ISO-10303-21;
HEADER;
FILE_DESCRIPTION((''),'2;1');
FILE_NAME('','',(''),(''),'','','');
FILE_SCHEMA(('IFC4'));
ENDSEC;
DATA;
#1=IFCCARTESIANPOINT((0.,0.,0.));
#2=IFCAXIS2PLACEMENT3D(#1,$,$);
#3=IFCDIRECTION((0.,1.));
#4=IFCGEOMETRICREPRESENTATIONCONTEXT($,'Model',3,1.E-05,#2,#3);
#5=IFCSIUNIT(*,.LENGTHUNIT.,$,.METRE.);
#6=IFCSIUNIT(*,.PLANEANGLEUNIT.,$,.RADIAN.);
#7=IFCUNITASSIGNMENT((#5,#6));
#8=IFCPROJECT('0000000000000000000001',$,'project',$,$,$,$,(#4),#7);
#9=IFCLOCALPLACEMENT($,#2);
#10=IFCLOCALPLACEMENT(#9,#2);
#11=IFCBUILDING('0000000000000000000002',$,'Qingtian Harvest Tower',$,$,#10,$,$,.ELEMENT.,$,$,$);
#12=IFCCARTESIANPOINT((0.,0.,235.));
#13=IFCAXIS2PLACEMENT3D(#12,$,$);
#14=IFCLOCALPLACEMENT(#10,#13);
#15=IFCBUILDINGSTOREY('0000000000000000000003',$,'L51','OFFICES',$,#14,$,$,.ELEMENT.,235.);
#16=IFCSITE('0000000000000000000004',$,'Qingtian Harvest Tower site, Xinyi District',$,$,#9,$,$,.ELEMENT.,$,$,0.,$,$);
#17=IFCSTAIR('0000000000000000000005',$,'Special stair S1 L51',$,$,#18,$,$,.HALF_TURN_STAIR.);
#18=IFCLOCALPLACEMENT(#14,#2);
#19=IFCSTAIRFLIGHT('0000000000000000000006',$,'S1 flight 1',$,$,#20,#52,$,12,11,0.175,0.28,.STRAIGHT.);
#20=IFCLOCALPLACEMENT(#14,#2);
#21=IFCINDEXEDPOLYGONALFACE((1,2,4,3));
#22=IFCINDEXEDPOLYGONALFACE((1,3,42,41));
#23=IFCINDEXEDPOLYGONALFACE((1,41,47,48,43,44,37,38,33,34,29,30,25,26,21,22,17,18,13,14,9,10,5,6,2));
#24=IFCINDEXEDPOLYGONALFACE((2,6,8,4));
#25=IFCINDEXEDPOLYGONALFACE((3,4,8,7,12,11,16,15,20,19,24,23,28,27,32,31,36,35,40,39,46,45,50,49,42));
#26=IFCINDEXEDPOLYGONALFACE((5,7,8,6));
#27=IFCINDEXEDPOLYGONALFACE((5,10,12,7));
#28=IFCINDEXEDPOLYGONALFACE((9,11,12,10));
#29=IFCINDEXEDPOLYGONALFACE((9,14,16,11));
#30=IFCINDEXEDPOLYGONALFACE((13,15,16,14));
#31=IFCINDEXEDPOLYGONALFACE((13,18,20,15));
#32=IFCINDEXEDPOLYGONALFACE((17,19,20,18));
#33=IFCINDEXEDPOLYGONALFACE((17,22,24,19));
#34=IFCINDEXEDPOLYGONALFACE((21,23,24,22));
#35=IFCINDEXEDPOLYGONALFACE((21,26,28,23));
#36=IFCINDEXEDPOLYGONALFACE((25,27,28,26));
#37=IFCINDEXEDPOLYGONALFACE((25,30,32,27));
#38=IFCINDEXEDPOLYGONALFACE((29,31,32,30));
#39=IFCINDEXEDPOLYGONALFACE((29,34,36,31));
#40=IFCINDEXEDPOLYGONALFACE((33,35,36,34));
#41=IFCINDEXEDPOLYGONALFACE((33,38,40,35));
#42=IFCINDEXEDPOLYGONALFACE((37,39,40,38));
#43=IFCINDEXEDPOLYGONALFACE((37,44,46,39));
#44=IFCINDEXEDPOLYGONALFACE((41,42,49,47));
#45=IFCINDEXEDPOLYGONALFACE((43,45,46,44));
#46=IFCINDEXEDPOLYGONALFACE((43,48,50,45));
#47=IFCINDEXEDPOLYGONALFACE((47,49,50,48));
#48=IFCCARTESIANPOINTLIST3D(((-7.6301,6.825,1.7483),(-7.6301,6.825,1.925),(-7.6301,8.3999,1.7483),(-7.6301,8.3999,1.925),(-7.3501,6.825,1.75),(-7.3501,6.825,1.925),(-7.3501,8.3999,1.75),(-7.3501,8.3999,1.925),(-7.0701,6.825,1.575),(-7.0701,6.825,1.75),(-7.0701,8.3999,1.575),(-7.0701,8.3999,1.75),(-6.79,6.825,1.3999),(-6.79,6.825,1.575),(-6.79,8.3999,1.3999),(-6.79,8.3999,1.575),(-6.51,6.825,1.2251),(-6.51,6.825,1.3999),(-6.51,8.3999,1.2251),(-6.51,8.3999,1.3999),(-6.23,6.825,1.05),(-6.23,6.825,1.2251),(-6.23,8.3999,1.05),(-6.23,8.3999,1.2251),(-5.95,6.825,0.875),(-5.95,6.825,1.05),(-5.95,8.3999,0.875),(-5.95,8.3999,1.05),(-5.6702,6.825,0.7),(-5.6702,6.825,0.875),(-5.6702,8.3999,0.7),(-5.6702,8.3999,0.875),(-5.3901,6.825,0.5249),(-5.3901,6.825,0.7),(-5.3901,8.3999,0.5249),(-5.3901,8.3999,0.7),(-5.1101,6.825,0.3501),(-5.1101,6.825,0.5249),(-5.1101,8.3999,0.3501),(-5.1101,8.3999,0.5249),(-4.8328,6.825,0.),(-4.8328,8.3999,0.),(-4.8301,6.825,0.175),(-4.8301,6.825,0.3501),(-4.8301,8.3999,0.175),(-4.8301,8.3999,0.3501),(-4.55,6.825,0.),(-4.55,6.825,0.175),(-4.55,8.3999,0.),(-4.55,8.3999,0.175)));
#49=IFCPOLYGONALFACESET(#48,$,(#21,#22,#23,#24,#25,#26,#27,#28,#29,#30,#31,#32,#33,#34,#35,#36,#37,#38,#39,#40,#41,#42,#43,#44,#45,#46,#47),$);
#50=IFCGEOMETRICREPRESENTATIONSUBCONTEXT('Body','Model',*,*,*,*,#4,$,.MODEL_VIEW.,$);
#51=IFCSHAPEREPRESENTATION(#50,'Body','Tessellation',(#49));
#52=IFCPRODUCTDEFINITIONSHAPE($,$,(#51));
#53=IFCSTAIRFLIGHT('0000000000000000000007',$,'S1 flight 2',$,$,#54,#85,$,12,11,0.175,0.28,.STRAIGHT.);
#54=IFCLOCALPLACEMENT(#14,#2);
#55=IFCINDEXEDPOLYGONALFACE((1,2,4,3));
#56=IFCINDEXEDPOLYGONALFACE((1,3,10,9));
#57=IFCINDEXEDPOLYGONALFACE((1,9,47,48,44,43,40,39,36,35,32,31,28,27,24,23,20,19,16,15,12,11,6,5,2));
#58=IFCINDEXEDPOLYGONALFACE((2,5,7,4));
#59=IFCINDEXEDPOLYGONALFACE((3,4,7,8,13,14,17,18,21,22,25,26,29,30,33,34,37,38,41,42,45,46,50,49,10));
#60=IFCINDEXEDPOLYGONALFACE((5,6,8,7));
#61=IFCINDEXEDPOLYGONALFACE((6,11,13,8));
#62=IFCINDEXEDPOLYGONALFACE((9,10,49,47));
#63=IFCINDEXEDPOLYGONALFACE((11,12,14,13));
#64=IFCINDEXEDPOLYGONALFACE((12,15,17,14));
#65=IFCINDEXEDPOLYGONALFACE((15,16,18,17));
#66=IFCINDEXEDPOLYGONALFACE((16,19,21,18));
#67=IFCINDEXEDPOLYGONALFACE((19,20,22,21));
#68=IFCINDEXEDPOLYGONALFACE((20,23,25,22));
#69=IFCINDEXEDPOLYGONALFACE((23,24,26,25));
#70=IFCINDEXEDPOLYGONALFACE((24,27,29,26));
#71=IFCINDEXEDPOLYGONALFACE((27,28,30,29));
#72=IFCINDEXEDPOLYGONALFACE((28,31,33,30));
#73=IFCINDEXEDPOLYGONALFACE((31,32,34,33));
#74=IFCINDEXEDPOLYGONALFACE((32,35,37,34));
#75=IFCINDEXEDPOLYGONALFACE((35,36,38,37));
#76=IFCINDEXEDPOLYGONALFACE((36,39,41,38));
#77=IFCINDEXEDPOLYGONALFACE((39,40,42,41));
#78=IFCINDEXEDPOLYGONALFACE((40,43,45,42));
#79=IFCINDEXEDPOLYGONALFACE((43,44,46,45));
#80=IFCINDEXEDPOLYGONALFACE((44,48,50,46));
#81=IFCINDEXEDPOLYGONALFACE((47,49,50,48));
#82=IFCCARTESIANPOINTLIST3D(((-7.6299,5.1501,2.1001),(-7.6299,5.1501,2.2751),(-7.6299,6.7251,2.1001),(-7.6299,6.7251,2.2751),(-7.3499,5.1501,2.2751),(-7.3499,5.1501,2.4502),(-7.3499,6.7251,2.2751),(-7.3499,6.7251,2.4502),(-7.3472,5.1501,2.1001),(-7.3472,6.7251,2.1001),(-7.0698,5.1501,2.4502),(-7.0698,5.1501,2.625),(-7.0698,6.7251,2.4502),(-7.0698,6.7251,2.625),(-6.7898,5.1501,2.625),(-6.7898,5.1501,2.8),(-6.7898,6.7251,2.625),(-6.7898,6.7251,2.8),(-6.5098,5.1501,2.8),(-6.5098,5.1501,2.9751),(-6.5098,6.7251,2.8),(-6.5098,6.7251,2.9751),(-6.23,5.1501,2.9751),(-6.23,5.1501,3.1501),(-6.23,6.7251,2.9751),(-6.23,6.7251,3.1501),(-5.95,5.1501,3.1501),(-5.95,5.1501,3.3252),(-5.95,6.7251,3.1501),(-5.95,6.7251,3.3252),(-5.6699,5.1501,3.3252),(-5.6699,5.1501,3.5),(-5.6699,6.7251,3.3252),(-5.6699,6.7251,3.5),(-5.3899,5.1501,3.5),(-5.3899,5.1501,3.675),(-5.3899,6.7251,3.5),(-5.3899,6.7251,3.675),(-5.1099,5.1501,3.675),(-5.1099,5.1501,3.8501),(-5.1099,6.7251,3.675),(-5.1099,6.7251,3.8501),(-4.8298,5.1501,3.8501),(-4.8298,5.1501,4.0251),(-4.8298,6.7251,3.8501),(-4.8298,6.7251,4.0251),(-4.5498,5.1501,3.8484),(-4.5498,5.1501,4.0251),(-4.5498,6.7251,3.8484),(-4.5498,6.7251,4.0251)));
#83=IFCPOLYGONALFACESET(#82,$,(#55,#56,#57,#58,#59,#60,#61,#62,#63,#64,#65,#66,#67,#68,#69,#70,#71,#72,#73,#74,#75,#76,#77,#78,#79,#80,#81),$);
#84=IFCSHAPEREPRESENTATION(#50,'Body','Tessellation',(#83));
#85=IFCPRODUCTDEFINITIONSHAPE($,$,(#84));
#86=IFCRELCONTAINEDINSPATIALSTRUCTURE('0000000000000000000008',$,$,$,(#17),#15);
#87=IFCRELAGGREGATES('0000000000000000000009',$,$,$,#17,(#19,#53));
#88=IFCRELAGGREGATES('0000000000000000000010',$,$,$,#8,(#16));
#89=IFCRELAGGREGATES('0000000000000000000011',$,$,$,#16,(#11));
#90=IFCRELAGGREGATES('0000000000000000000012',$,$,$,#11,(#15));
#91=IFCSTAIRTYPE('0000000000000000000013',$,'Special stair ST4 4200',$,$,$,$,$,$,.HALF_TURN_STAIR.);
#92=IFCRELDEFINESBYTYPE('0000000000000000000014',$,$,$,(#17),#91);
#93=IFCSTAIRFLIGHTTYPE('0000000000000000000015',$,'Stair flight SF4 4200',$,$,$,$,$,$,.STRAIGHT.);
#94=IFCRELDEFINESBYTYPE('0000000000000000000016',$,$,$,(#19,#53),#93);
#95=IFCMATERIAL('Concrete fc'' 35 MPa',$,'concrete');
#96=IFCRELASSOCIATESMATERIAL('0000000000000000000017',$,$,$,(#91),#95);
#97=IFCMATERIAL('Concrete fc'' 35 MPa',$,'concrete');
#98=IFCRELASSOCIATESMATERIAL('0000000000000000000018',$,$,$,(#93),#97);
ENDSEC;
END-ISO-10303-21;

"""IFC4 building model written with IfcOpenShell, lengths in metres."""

from ifc_helpers import new_model, si_unit, direction, frame, origin, place, context, subcontext, project, spatial, polyline, outline, extrude, material, type_object, element, aggregate, save


model = new_model("IFC4")

# Units and contexts
model_context = context("Model", 3, precision=1e-05, world=origin(), true_north=direction((0.0, 1.0)))
body_context = subcontext(model_context, "Body", "Model", "MODEL_VIEW")
ifc_project = project(units=[si_unit("LENGTHUNIT", "METRE"), si_unit("PLANEANGLEUNIT", "RADIAN")], contexts=[model_context])

# Site, building, storey
site_placement = place(None, origin())
site = spatial("IfcSite", under=ifc_project, at=site_placement, Name="Qingtian Harvest Tower site, Xinyi District", CompositionType="ELEMENT", RefElevation=0.0)
building_placement = place(site_placement, origin())
building = spatial("IfcBuilding", under=site, at=building_placement, Name="Qingtian Harvest Tower", CompositionType="ELEMENT")
storey_placement = place(building_placement, frame((0.0, 0.0, 235.0)))
storey = spatial("IfcBuildingStorey", under=building, at=storey_placement, Name="L51", Description="OFFICES", CompositionType="ELEMENT", Elevation=235.0)

# Stair, stair flights
ifc_material_1 = material(Name="Concrete fc' 35 MPa", Category="concrete")
stair_type = type_object("IfcStairType", Name="Special stair ST4 4200", PredefinedType="HALF_TURN_STAIR", material=ifc_material_1)
stair_placement = place(storey_placement, origin())
stair = element("IfcStair", 1, at=stair_placement, inside=storey, type_object=stair_type, Name="Special stair S1 L51", PredefinedType="HALF_TURN_STAIR")
ifc_material_2 = material(Name="Concrete fc' 35 MPa", Category="concrete")
stair_flight_type = type_object("IfcStairFlightType", Name="Stair flight SF4 4200", PredefinedType="STRAIGHT", material=ifc_material_2)
stair_flight_1_placement = place(storey_placement, frame((-4.55, 7.6125, 0.0), z_axis=(0.0, 0.0, 1.0), x_axis=(-1.0, 0.0, 0.0)))
stair_flight_1 = element("IfcStairFlight", 2, at=stair_flight_1_placement, type_object=stair_flight_type, Name="S1 flight 1", NumberOfRisers=12, NumberOfTreads=11, PredefinedType="STRAIGHT", RiserHeight=0.175, TreadLength=0.28, context=body_context, shape_type="SweptSolid", body=[
    extrude(outline(polyline([(0.0, 0.0), (0.0, 0.175), (0.28, 0.175), (0.28, 0.3501), (0.5601, 0.3501), (0.5601, 0.5249), (0.8401, 0.5249), (0.8401, 0.7), (1.1201, 0.7), (1.1201, 0.875), (1.3999, 0.875), (1.3999, 1.05), (1.6799, 1.05), (1.6799, 1.2251), (1.96, 1.2251), (1.96, 1.3999), (2.24, 1.3999), (2.24, 1.575), (2.52, 1.575), (2.52, 1.75), (2.8, 1.75), (2.8, 1.925), (3.0801, 1.925), (3.0801, 2.1001), (3.0801, 1.7483), (0.2827, 0.0), (0.0, 0.0)])), frame((0.0, 0.7876, 0.0), z_axis=(0.0, -1.0, 0.0), x_axis=(1.0, 0.0, 0.0)), (0.0, 0.0, 1.0), 1.575),
])
stair_flight_2_placement = place(storey_placement, frame((-7.6299, 5.9375, 2.1001), z_axis=(0.0, 0.0, 1.0), x_axis=(1.0, 0.0, 0.0)))
stair_flight_2 = element("IfcStairFlight", 3, at=stair_flight_2_placement, type_object=stair_flight_type, Name="S1 flight 2", NumberOfRisers=12, NumberOfTreads=11, PredefinedType="STRAIGHT", RiserHeight=0.175, TreadLength=0.28, context=body_context, shape_type="SweptSolid", body=[
    extrude(outline(polyline([(0.0, 0.0), (0.0, 0.175), (0.28, 0.175), (0.28, 0.3501), (0.5601, 0.3501), (0.5601, 0.5249), (0.8401, 0.5249), (0.8401, 0.7), (1.1201, 0.7), (1.1201, 0.875), (1.3999, 0.875), (1.3999, 1.05), (1.6799, 1.05), (1.6799, 1.2251), (1.96, 1.2251), (1.96, 1.3999), (2.24, 1.3999), (2.24, 1.575), (2.52, 1.575), (2.52, 1.75), (2.8, 1.75), (2.8, 1.925), (3.0801, 1.925), (3.0801, 2.1001), (3.0801, 1.7483), (0.2827, 0.0), (0.0, 0.0)])), frame((0.0, 0.7876, 0.0), z_axis=(0.0, -1.0, 0.0), x_axis=(1.0, 0.0, 0.0)), (0.0, 0.0, 1.0), 1.575),
])
aggregate(stair, [stair_flight_1, stair_flight_2])

save(model, "model.ifc")
